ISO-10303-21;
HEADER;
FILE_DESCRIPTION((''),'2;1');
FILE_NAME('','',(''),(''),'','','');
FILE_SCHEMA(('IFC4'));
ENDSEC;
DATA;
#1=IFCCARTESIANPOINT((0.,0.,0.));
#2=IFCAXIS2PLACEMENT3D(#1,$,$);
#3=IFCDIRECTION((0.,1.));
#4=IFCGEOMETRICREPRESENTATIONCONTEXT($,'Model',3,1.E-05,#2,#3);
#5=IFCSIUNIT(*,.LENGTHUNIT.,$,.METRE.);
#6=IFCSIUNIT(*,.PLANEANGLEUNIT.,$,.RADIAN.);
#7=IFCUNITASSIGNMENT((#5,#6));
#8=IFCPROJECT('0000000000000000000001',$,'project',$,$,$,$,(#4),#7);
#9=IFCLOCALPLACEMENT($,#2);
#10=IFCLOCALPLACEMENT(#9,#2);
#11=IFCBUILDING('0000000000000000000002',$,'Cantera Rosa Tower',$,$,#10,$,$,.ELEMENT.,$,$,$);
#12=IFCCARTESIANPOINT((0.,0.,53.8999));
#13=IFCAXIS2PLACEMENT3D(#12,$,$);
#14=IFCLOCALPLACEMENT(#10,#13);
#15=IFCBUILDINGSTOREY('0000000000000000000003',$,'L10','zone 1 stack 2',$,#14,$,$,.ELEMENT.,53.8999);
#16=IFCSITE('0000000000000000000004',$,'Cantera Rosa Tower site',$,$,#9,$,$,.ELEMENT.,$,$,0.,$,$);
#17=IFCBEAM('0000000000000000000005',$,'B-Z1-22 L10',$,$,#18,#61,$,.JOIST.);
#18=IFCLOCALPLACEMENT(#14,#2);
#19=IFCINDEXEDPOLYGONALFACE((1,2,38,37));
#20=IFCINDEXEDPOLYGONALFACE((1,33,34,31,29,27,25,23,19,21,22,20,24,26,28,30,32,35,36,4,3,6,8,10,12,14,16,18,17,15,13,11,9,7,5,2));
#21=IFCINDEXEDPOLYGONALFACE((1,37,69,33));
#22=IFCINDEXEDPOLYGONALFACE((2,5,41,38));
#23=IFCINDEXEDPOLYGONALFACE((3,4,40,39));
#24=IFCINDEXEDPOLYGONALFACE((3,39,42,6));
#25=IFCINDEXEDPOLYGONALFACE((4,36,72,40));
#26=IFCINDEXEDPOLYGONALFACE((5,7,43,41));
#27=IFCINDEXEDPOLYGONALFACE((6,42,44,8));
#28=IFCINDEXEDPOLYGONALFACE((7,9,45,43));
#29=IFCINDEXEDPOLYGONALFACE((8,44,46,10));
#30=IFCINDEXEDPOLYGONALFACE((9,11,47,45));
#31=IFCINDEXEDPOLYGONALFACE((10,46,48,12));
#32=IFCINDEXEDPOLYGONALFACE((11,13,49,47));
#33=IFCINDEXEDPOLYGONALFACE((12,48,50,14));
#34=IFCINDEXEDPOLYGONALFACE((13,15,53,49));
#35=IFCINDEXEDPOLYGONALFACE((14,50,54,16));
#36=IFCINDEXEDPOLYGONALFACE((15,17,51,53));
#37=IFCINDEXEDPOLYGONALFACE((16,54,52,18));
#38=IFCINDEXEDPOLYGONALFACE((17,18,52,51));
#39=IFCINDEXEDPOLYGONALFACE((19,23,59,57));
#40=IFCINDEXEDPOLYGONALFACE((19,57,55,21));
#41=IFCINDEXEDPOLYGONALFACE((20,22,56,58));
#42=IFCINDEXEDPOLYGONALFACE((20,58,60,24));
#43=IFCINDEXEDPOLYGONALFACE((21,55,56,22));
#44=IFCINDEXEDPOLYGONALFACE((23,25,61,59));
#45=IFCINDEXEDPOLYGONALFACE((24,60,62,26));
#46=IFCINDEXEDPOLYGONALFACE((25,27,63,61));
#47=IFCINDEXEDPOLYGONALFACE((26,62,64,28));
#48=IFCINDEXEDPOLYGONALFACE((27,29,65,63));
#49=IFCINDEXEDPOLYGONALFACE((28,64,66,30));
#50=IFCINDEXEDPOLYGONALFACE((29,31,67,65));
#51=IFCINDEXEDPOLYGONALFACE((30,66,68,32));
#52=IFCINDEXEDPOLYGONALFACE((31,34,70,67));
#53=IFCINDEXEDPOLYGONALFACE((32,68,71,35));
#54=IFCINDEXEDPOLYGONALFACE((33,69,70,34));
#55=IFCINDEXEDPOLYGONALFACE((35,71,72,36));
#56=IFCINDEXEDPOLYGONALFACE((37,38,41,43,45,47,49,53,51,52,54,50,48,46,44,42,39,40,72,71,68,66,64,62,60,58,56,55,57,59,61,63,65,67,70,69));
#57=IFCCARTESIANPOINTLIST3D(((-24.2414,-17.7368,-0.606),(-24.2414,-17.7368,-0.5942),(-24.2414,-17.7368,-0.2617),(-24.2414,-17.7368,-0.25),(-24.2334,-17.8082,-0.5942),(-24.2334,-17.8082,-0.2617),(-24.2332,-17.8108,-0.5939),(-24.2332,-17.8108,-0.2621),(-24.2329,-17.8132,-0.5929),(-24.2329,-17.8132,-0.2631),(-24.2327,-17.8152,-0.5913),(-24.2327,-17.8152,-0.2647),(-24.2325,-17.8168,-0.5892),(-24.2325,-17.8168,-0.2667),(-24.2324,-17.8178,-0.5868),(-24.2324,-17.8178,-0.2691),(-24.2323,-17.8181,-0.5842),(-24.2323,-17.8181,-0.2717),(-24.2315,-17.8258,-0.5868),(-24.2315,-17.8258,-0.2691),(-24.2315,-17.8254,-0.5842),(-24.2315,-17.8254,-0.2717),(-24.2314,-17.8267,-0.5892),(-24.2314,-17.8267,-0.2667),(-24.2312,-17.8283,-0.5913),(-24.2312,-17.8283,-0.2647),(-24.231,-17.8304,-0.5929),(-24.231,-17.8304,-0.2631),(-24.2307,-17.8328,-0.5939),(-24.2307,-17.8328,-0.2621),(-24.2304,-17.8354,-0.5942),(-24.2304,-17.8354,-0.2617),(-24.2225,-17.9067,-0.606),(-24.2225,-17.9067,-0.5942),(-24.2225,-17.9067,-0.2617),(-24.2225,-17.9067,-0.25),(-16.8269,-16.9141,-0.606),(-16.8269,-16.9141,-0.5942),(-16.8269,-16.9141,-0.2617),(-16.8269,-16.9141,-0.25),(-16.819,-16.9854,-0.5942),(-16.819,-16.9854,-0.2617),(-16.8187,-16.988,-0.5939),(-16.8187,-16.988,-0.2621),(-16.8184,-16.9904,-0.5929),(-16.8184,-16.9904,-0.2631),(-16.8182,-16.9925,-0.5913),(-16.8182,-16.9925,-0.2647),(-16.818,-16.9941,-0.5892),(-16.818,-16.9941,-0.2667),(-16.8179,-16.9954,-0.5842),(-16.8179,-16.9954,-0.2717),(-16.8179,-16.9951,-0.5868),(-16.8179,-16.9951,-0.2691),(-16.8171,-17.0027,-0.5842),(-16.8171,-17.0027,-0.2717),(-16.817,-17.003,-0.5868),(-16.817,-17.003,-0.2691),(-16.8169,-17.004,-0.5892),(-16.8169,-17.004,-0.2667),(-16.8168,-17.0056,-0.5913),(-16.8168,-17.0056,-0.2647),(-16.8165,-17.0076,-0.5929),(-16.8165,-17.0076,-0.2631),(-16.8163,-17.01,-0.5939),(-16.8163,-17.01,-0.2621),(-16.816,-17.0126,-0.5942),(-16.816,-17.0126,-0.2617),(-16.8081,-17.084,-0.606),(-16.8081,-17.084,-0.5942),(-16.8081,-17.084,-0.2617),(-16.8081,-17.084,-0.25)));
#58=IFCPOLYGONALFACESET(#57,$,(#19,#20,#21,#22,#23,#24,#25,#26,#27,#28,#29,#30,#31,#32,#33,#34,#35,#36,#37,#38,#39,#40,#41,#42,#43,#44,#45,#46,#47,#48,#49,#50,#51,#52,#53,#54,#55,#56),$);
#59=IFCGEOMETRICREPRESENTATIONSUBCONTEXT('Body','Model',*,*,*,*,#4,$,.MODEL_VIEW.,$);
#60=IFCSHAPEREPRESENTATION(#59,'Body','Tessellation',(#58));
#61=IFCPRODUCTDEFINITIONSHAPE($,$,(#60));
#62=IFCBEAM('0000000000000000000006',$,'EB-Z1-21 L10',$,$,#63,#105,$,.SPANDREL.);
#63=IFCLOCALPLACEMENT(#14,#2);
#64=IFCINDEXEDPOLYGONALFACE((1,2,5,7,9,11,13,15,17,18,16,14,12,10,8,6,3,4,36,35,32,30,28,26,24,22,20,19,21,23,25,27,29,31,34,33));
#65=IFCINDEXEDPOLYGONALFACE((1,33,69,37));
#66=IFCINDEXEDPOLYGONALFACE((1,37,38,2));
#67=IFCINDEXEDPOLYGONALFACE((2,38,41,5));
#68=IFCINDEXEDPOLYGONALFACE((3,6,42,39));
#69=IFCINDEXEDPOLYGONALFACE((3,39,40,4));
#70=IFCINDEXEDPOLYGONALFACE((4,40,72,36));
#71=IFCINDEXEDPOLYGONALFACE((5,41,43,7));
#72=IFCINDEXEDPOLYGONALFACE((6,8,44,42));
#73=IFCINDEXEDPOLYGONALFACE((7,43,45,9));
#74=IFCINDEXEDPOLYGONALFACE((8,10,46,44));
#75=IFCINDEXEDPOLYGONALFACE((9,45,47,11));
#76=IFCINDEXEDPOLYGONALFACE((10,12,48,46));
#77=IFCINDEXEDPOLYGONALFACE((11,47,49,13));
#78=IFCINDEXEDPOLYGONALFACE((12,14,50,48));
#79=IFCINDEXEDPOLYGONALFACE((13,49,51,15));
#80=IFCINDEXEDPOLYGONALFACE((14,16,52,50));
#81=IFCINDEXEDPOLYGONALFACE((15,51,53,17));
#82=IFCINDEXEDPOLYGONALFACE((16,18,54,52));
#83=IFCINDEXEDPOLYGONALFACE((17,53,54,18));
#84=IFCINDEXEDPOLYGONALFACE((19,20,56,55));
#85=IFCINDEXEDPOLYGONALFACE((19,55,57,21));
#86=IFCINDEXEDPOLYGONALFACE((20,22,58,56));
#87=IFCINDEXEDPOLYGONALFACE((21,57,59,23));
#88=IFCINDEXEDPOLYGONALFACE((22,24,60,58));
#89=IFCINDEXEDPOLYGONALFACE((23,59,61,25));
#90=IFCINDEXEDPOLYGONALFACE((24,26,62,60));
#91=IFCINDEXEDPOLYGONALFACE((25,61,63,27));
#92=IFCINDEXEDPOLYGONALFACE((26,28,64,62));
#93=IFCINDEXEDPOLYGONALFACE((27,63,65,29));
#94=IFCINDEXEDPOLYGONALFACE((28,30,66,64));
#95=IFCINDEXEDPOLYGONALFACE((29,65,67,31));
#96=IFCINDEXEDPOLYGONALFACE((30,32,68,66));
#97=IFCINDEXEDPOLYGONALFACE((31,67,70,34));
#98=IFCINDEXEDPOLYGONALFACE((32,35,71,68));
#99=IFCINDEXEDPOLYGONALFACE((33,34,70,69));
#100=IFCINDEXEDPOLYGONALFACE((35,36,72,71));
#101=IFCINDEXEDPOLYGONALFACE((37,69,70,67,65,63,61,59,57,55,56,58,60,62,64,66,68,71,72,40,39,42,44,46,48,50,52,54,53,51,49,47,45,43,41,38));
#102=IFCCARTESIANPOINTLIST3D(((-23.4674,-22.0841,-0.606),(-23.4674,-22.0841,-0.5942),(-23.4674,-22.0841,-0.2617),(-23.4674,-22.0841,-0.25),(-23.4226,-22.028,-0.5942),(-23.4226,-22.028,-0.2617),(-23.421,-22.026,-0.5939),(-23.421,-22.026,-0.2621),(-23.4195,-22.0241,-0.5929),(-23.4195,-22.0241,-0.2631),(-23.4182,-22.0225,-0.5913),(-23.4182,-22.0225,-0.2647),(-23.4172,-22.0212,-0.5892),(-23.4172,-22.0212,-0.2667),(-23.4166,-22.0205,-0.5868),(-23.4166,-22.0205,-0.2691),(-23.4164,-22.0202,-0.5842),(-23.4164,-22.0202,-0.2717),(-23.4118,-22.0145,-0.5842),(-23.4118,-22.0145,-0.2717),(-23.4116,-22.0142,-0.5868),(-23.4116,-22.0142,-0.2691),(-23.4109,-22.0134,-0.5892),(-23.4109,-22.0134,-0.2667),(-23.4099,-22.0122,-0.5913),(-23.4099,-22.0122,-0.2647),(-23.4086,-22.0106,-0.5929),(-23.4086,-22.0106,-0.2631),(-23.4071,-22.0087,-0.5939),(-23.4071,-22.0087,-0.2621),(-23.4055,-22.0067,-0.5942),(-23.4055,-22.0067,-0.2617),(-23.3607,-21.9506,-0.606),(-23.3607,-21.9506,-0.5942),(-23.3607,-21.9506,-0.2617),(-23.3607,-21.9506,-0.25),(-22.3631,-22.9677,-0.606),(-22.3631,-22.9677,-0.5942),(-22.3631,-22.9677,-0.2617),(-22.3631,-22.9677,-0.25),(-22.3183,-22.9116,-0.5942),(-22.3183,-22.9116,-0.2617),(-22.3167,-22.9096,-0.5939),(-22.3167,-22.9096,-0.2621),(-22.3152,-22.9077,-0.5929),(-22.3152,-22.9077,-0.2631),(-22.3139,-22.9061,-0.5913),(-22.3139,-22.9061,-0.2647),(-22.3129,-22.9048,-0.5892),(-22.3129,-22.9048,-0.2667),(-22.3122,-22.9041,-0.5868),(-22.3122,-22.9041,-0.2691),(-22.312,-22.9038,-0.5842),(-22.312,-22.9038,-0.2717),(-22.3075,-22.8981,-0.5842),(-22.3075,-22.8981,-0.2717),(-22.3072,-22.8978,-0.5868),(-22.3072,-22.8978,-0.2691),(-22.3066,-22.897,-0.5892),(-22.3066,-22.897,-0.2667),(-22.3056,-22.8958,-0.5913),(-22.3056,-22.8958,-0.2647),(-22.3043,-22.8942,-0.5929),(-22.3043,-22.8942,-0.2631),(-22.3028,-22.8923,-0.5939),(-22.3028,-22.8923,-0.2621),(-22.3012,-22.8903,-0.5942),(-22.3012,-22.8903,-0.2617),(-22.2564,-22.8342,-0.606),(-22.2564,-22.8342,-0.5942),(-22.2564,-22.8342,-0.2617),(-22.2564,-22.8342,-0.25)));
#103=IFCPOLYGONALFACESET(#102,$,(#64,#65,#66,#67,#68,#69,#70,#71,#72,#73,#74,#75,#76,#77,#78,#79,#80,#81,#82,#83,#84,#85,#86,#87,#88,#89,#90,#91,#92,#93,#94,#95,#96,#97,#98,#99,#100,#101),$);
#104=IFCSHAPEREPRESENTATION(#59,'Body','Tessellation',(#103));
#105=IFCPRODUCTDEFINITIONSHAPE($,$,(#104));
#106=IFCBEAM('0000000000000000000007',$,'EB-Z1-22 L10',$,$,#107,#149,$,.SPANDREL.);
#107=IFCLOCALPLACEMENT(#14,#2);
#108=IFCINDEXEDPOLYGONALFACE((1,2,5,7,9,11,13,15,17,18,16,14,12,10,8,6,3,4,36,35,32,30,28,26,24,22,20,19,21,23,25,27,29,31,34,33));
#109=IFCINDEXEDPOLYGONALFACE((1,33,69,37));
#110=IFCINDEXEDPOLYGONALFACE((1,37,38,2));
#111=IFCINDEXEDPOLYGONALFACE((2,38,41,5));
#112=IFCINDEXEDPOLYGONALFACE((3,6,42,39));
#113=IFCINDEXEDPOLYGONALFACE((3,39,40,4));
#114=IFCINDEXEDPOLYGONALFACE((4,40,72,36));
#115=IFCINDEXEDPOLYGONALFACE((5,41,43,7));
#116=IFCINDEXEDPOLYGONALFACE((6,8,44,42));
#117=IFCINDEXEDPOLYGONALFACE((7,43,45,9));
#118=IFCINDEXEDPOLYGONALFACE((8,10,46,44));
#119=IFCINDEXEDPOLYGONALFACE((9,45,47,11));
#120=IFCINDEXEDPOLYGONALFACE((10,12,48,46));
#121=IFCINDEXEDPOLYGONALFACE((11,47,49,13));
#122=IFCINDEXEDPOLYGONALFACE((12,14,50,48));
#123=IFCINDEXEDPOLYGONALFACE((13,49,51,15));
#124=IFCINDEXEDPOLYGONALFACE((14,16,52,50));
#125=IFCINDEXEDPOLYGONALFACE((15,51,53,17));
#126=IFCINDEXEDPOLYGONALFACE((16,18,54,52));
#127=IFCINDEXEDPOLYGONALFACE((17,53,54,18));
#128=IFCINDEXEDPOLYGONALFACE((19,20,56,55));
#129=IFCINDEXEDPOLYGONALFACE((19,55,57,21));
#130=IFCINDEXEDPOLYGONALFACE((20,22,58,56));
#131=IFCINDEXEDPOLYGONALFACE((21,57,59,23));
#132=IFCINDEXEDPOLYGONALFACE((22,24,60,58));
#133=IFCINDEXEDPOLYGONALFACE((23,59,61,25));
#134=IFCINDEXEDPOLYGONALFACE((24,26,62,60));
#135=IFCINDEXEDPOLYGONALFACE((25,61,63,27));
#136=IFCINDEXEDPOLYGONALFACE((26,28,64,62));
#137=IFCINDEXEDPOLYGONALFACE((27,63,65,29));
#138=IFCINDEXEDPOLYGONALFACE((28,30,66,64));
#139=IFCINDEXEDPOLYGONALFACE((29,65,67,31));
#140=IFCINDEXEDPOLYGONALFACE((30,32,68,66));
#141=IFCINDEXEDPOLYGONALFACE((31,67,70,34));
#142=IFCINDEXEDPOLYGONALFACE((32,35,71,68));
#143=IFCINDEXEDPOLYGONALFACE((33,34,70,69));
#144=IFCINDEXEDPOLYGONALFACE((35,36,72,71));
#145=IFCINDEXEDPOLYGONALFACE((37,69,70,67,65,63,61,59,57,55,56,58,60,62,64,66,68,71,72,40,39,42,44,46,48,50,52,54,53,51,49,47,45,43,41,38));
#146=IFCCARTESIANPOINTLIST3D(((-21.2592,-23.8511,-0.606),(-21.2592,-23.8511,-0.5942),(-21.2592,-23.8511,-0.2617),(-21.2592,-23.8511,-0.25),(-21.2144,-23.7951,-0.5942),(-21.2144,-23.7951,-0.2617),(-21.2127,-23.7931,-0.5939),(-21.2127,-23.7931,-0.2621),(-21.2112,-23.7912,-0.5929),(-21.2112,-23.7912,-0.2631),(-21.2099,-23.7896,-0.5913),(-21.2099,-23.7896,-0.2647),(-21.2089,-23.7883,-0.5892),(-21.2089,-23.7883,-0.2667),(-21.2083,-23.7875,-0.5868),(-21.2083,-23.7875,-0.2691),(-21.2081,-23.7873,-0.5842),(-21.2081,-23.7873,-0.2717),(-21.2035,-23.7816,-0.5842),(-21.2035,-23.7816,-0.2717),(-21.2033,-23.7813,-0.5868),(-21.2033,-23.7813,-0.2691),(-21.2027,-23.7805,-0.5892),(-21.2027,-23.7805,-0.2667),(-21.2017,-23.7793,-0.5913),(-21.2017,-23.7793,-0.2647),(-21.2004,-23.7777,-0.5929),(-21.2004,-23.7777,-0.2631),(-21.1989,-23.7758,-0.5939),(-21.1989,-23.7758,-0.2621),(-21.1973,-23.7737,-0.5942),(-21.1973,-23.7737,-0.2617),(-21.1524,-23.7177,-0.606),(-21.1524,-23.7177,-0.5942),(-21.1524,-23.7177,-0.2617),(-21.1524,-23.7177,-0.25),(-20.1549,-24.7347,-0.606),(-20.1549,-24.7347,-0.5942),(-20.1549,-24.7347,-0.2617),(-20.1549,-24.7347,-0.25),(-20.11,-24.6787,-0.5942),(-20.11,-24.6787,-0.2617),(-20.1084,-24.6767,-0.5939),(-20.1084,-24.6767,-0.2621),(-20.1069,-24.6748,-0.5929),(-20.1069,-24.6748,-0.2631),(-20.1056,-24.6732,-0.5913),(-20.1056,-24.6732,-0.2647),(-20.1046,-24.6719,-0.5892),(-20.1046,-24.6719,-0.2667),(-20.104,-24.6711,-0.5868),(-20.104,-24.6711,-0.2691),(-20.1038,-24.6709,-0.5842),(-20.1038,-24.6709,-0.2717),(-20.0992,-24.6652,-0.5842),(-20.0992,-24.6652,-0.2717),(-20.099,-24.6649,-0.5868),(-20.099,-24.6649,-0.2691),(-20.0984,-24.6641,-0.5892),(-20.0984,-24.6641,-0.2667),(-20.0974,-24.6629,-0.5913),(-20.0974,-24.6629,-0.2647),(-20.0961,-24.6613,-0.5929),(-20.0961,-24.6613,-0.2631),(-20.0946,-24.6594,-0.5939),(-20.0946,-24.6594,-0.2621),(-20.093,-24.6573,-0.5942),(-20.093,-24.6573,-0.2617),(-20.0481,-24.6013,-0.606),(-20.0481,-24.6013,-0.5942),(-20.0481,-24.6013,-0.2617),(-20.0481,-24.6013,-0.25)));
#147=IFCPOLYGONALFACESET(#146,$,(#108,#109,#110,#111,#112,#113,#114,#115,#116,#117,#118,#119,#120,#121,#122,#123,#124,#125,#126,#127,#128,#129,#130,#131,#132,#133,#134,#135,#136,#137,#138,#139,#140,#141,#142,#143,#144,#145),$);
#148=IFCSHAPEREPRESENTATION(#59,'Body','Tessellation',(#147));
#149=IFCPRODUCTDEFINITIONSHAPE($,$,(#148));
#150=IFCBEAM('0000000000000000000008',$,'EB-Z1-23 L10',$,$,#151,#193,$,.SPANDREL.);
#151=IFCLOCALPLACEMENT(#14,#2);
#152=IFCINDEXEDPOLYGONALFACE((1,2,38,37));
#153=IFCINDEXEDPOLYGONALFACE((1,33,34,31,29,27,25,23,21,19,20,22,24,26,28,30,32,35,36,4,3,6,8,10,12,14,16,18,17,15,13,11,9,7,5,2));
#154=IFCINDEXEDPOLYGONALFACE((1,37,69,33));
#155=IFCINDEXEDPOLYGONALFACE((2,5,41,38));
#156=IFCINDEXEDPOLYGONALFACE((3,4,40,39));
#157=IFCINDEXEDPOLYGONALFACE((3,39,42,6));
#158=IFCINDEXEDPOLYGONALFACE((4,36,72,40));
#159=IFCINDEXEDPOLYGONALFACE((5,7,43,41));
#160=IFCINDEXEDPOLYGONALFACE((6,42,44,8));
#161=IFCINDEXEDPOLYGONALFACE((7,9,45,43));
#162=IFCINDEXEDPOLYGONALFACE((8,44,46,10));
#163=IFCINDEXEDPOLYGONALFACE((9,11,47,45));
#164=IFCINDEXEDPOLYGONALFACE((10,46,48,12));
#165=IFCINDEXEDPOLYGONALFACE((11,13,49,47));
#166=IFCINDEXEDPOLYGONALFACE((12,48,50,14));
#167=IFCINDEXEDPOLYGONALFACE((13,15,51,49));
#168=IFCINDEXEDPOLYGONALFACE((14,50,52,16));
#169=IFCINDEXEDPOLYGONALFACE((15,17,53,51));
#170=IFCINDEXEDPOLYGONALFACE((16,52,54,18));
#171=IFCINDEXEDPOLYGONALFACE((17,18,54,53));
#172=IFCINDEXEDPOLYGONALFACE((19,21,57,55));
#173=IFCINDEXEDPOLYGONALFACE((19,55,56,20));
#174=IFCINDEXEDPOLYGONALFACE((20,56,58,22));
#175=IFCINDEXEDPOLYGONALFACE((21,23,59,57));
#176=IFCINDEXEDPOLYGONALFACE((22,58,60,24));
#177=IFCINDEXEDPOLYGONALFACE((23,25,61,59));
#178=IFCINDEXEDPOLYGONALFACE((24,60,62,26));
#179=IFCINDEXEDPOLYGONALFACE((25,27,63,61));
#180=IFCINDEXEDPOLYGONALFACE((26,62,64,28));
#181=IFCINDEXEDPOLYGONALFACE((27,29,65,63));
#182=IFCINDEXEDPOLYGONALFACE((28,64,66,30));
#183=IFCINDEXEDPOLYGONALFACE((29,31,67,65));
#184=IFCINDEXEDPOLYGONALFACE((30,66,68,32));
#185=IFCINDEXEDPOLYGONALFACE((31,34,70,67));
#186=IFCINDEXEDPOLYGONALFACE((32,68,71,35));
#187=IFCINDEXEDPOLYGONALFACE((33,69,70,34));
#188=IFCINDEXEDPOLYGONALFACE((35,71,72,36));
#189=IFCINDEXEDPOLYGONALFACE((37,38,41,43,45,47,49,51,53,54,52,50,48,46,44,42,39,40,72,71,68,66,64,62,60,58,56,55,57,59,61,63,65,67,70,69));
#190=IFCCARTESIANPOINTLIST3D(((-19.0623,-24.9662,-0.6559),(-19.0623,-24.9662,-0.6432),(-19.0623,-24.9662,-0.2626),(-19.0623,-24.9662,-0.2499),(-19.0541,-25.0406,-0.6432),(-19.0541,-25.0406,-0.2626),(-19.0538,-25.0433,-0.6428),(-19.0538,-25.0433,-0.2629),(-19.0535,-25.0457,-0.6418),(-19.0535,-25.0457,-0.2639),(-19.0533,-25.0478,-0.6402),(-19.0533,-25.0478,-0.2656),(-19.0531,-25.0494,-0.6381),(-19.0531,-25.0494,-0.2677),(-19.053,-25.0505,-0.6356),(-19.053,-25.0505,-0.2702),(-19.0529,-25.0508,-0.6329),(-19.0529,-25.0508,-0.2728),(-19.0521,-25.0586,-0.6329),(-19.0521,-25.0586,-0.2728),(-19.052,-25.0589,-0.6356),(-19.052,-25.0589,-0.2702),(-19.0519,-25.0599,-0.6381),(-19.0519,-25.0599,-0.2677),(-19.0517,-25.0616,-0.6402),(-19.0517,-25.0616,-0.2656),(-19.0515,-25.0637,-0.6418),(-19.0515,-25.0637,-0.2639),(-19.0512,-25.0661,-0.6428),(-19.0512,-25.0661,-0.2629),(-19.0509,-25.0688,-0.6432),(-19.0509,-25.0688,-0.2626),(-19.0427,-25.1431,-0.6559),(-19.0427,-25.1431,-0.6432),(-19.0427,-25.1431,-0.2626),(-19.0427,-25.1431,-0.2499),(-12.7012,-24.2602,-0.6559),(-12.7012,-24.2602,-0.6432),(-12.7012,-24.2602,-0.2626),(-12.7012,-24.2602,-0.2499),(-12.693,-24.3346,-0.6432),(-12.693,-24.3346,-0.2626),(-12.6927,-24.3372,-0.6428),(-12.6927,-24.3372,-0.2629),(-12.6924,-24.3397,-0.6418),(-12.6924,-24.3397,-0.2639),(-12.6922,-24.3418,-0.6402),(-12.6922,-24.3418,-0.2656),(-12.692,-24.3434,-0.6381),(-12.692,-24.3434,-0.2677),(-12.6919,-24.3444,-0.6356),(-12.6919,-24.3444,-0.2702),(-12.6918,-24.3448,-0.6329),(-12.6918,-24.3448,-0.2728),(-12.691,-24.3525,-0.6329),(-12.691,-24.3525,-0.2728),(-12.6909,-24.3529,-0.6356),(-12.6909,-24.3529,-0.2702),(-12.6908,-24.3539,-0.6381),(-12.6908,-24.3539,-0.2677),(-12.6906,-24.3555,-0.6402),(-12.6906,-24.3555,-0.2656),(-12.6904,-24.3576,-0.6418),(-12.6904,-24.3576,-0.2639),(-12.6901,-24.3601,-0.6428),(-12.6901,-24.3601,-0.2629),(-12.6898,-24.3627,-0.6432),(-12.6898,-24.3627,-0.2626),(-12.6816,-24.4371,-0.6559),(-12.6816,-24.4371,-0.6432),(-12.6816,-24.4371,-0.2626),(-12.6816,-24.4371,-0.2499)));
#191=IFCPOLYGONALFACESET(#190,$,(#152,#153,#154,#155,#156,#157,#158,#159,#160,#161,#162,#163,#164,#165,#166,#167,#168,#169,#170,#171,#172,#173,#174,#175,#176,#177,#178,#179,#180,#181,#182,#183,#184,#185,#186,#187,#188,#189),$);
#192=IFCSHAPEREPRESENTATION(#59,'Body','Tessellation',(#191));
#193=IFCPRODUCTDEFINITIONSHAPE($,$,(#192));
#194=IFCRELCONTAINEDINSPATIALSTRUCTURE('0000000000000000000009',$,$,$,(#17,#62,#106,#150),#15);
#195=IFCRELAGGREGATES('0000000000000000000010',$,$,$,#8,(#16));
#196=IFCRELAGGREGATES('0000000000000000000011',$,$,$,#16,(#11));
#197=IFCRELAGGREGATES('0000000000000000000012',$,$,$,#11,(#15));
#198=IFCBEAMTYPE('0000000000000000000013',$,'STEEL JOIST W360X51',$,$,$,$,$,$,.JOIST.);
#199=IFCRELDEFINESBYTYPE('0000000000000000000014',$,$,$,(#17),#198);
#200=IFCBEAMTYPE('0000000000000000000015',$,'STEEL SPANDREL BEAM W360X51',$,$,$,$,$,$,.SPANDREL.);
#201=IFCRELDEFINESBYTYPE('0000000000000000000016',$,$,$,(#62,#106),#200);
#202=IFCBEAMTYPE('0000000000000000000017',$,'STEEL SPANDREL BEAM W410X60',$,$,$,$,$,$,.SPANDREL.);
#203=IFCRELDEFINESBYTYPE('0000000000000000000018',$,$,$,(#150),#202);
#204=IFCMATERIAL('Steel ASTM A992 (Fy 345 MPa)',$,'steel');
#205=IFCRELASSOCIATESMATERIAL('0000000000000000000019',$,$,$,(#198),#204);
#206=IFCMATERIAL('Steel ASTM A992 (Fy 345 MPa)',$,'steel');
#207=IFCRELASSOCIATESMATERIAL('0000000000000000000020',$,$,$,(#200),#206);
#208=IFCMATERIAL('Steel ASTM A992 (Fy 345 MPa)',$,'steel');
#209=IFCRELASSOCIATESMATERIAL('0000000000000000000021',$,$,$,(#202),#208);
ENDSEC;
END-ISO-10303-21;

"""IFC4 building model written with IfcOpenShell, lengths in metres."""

from ifc_helpers import new_model, si_unit, direction, frame, origin, origin_2d, place, context, subcontext, project, spatial, i_section, extrude, material, material_profile, profile_set, type_object, element, save


model = new_model("IFC4")

# Units and contexts
model_context = context("Model", 3, precision=1e-05, world=origin(), true_north=direction((0.0, 1.0)))
body_context = subcontext(model_context, "Body", "Model", "MODEL_VIEW")
ifc_project = project(units=[si_unit("LENGTHUNIT", "METRE"), si_unit("PLANEANGLEUNIT", "RADIAN")], contexts=[model_context])

# Site, building, storey
site_placement = place(None, origin())
site = spatial("IfcSite", under=ifc_project, at=site_placement, Name="Cantera Rosa Tower site", CompositionType="ELEMENT", RefElevation=0.0)
building_placement = place(site_placement, origin())
building = spatial("IfcBuilding", under=site, at=building_placement, Name="Cantera Rosa Tower", CompositionType="ELEMENT")
storey_placement = place(building_placement, frame((0.0, 0.0, 53.8999)))
storey = spatial("IfcBuildingStorey", under=building, at=storey_placement, Name="L10", Description="zone 1 stack 2", CompositionType="ELEMENT", Elevation=53.8999)

# Beams
ifc_material_1 = material(Name="Steel ASTM A992 (Fy 345 MPa)", Category="steel")
ifc_material_profile_1 = material_profile(ifc_material_1, i_section(OverallWidth=0.1709, OverallDepth=0.356, WebThickness=0.0073, FlangeThickness=0.0117, FilletRadius=0.01, at=origin_2d()), Name="W360X51")
ifc_profile_set_1 = profile_set([ifc_material_profile_1], Name="Steel ASTM A992 (Fy 345 MPa)")
beam_type_1 = type_object("IfcBeamType", Name="STEEL JOIST W360X51", PredefinedType="JOIST", material=ifc_profile_set_1)
beam_1_placement = place(storey_placement, frame((-24.2319, -17.8218, -0.428), z_axis=(0.9939, 0.110288, 0.0), x_axis=(-0.110288, 0.9939, 0.0)))
element("IfcBeam", 1, at=beam_1_placement, inside=storey, type_object=beam_type_1, Name="B-Z1-22 L10", PredefinedType="JOIST", context=body_context, shape_type="SweptSolid", body=[
    extrude(i_section(OverallWidth=0.1709, OverallDepth=0.356, WebThickness=0.0073, FlangeThickness=0.0117, FilletRadius=0.01, at=origin_2d()), origin(), (0.0, 0.0, 1.0), 7.46),
])
ifc_material_2 = material(Name="Steel ASTM A992 (Fy 345 MPa)", Category="steel")
ifc_material_profile_2 = material_profile(ifc_material_2, i_section(OverallWidth=0.1709, OverallDepth=0.356, WebThickness=0.0073, FlangeThickness=0.0117, FilletRadius=0.01, at=origin_2d()), Name="W360X51")
ifc_profile_set_2 = profile_set([ifc_material_profile_2], Name="Steel ASTM A992 (Fy 345 MPa)")
beam_type_2 = type_object("IfcBeamType", Name="STEEL SPANDREL BEAM W360X51", PredefinedType="SPANDREL", material=ifc_profile_set_2)
for number, where, z_axis, x_axis, name in (
    (2, (-23.4141, -22.0173, -0.428), (0.780818, -0.624758, 0.0), (0.624758, 0.780818, 0.0), "EB-Z1-21 L10"),
    (3, (-21.2058, -23.7844, -0.428), (0.780818, -0.624758, 0.0), (0.624758, 0.780818, 0.0), "EB-Z1-22 L10"),
):
    element("IfcBeam", number, at=place(storey_placement, frame(where, z_axis=z_axis, x_axis=x_axis)), inside=storey, type_object=beam_type_2, Name=name, PredefinedType="SPANDREL", context=body_context, shape_type="SweptSolid", body=[
        extrude(i_section(OverallWidth=0.1709, OverallDepth=0.356, WebThickness=0.0073, FlangeThickness=0.0117, FilletRadius=0.01, at=origin_2d()), origin(), (0.0, 0.0, 1.0), 1.4143),
    ])
ifc_material_3 = material(Name="Steel ASTM A992 (Fy 345 MPa)", Category="steel")
ifc_material_profile_3 = material_profile(ifc_material_3, i_section(OverallWidth=0.178, OverallDepth=0.406, WebThickness=0.0078, FlangeThickness=0.0127, FilletRadius=0.0103, at=origin_2d()), Name="W410X60")
ifc_profile_set_3 = profile_set([ifc_material_profile_3], Name="Steel ASTM A992 (Fy 345 MPa)")
beam_type_3 = type_object("IfcBeamType", Name="STEEL SPANDREL BEAM W410X60", PredefinedType="SPANDREL", material=ifc_profile_set_3)
beam_2_placement = place(storey_placement, frame((-19.0525, -25.0547, -0.4529), z_axis=(0.993896, 0.110318, 0.0), x_axis=(-0.110318, 0.993896, 0.0)))
element("IfcBeam", 4, at=beam_2_placement, inside=storey, type_object=beam_type_3, Name="EB-Z1-23 L10", PredefinedType="SPANDREL", context=body_context, shape_type="SweptSolid", body=[
    extrude(i_section(OverallWidth=0.178, OverallDepth=0.406, WebThickness=0.0078, FlangeThickness=0.0127, FilletRadius=0.0103, at=origin_2d()), origin(), (0.0, 0.0, 1.0), 6.4001),
])

save(model, "model.ifc")
